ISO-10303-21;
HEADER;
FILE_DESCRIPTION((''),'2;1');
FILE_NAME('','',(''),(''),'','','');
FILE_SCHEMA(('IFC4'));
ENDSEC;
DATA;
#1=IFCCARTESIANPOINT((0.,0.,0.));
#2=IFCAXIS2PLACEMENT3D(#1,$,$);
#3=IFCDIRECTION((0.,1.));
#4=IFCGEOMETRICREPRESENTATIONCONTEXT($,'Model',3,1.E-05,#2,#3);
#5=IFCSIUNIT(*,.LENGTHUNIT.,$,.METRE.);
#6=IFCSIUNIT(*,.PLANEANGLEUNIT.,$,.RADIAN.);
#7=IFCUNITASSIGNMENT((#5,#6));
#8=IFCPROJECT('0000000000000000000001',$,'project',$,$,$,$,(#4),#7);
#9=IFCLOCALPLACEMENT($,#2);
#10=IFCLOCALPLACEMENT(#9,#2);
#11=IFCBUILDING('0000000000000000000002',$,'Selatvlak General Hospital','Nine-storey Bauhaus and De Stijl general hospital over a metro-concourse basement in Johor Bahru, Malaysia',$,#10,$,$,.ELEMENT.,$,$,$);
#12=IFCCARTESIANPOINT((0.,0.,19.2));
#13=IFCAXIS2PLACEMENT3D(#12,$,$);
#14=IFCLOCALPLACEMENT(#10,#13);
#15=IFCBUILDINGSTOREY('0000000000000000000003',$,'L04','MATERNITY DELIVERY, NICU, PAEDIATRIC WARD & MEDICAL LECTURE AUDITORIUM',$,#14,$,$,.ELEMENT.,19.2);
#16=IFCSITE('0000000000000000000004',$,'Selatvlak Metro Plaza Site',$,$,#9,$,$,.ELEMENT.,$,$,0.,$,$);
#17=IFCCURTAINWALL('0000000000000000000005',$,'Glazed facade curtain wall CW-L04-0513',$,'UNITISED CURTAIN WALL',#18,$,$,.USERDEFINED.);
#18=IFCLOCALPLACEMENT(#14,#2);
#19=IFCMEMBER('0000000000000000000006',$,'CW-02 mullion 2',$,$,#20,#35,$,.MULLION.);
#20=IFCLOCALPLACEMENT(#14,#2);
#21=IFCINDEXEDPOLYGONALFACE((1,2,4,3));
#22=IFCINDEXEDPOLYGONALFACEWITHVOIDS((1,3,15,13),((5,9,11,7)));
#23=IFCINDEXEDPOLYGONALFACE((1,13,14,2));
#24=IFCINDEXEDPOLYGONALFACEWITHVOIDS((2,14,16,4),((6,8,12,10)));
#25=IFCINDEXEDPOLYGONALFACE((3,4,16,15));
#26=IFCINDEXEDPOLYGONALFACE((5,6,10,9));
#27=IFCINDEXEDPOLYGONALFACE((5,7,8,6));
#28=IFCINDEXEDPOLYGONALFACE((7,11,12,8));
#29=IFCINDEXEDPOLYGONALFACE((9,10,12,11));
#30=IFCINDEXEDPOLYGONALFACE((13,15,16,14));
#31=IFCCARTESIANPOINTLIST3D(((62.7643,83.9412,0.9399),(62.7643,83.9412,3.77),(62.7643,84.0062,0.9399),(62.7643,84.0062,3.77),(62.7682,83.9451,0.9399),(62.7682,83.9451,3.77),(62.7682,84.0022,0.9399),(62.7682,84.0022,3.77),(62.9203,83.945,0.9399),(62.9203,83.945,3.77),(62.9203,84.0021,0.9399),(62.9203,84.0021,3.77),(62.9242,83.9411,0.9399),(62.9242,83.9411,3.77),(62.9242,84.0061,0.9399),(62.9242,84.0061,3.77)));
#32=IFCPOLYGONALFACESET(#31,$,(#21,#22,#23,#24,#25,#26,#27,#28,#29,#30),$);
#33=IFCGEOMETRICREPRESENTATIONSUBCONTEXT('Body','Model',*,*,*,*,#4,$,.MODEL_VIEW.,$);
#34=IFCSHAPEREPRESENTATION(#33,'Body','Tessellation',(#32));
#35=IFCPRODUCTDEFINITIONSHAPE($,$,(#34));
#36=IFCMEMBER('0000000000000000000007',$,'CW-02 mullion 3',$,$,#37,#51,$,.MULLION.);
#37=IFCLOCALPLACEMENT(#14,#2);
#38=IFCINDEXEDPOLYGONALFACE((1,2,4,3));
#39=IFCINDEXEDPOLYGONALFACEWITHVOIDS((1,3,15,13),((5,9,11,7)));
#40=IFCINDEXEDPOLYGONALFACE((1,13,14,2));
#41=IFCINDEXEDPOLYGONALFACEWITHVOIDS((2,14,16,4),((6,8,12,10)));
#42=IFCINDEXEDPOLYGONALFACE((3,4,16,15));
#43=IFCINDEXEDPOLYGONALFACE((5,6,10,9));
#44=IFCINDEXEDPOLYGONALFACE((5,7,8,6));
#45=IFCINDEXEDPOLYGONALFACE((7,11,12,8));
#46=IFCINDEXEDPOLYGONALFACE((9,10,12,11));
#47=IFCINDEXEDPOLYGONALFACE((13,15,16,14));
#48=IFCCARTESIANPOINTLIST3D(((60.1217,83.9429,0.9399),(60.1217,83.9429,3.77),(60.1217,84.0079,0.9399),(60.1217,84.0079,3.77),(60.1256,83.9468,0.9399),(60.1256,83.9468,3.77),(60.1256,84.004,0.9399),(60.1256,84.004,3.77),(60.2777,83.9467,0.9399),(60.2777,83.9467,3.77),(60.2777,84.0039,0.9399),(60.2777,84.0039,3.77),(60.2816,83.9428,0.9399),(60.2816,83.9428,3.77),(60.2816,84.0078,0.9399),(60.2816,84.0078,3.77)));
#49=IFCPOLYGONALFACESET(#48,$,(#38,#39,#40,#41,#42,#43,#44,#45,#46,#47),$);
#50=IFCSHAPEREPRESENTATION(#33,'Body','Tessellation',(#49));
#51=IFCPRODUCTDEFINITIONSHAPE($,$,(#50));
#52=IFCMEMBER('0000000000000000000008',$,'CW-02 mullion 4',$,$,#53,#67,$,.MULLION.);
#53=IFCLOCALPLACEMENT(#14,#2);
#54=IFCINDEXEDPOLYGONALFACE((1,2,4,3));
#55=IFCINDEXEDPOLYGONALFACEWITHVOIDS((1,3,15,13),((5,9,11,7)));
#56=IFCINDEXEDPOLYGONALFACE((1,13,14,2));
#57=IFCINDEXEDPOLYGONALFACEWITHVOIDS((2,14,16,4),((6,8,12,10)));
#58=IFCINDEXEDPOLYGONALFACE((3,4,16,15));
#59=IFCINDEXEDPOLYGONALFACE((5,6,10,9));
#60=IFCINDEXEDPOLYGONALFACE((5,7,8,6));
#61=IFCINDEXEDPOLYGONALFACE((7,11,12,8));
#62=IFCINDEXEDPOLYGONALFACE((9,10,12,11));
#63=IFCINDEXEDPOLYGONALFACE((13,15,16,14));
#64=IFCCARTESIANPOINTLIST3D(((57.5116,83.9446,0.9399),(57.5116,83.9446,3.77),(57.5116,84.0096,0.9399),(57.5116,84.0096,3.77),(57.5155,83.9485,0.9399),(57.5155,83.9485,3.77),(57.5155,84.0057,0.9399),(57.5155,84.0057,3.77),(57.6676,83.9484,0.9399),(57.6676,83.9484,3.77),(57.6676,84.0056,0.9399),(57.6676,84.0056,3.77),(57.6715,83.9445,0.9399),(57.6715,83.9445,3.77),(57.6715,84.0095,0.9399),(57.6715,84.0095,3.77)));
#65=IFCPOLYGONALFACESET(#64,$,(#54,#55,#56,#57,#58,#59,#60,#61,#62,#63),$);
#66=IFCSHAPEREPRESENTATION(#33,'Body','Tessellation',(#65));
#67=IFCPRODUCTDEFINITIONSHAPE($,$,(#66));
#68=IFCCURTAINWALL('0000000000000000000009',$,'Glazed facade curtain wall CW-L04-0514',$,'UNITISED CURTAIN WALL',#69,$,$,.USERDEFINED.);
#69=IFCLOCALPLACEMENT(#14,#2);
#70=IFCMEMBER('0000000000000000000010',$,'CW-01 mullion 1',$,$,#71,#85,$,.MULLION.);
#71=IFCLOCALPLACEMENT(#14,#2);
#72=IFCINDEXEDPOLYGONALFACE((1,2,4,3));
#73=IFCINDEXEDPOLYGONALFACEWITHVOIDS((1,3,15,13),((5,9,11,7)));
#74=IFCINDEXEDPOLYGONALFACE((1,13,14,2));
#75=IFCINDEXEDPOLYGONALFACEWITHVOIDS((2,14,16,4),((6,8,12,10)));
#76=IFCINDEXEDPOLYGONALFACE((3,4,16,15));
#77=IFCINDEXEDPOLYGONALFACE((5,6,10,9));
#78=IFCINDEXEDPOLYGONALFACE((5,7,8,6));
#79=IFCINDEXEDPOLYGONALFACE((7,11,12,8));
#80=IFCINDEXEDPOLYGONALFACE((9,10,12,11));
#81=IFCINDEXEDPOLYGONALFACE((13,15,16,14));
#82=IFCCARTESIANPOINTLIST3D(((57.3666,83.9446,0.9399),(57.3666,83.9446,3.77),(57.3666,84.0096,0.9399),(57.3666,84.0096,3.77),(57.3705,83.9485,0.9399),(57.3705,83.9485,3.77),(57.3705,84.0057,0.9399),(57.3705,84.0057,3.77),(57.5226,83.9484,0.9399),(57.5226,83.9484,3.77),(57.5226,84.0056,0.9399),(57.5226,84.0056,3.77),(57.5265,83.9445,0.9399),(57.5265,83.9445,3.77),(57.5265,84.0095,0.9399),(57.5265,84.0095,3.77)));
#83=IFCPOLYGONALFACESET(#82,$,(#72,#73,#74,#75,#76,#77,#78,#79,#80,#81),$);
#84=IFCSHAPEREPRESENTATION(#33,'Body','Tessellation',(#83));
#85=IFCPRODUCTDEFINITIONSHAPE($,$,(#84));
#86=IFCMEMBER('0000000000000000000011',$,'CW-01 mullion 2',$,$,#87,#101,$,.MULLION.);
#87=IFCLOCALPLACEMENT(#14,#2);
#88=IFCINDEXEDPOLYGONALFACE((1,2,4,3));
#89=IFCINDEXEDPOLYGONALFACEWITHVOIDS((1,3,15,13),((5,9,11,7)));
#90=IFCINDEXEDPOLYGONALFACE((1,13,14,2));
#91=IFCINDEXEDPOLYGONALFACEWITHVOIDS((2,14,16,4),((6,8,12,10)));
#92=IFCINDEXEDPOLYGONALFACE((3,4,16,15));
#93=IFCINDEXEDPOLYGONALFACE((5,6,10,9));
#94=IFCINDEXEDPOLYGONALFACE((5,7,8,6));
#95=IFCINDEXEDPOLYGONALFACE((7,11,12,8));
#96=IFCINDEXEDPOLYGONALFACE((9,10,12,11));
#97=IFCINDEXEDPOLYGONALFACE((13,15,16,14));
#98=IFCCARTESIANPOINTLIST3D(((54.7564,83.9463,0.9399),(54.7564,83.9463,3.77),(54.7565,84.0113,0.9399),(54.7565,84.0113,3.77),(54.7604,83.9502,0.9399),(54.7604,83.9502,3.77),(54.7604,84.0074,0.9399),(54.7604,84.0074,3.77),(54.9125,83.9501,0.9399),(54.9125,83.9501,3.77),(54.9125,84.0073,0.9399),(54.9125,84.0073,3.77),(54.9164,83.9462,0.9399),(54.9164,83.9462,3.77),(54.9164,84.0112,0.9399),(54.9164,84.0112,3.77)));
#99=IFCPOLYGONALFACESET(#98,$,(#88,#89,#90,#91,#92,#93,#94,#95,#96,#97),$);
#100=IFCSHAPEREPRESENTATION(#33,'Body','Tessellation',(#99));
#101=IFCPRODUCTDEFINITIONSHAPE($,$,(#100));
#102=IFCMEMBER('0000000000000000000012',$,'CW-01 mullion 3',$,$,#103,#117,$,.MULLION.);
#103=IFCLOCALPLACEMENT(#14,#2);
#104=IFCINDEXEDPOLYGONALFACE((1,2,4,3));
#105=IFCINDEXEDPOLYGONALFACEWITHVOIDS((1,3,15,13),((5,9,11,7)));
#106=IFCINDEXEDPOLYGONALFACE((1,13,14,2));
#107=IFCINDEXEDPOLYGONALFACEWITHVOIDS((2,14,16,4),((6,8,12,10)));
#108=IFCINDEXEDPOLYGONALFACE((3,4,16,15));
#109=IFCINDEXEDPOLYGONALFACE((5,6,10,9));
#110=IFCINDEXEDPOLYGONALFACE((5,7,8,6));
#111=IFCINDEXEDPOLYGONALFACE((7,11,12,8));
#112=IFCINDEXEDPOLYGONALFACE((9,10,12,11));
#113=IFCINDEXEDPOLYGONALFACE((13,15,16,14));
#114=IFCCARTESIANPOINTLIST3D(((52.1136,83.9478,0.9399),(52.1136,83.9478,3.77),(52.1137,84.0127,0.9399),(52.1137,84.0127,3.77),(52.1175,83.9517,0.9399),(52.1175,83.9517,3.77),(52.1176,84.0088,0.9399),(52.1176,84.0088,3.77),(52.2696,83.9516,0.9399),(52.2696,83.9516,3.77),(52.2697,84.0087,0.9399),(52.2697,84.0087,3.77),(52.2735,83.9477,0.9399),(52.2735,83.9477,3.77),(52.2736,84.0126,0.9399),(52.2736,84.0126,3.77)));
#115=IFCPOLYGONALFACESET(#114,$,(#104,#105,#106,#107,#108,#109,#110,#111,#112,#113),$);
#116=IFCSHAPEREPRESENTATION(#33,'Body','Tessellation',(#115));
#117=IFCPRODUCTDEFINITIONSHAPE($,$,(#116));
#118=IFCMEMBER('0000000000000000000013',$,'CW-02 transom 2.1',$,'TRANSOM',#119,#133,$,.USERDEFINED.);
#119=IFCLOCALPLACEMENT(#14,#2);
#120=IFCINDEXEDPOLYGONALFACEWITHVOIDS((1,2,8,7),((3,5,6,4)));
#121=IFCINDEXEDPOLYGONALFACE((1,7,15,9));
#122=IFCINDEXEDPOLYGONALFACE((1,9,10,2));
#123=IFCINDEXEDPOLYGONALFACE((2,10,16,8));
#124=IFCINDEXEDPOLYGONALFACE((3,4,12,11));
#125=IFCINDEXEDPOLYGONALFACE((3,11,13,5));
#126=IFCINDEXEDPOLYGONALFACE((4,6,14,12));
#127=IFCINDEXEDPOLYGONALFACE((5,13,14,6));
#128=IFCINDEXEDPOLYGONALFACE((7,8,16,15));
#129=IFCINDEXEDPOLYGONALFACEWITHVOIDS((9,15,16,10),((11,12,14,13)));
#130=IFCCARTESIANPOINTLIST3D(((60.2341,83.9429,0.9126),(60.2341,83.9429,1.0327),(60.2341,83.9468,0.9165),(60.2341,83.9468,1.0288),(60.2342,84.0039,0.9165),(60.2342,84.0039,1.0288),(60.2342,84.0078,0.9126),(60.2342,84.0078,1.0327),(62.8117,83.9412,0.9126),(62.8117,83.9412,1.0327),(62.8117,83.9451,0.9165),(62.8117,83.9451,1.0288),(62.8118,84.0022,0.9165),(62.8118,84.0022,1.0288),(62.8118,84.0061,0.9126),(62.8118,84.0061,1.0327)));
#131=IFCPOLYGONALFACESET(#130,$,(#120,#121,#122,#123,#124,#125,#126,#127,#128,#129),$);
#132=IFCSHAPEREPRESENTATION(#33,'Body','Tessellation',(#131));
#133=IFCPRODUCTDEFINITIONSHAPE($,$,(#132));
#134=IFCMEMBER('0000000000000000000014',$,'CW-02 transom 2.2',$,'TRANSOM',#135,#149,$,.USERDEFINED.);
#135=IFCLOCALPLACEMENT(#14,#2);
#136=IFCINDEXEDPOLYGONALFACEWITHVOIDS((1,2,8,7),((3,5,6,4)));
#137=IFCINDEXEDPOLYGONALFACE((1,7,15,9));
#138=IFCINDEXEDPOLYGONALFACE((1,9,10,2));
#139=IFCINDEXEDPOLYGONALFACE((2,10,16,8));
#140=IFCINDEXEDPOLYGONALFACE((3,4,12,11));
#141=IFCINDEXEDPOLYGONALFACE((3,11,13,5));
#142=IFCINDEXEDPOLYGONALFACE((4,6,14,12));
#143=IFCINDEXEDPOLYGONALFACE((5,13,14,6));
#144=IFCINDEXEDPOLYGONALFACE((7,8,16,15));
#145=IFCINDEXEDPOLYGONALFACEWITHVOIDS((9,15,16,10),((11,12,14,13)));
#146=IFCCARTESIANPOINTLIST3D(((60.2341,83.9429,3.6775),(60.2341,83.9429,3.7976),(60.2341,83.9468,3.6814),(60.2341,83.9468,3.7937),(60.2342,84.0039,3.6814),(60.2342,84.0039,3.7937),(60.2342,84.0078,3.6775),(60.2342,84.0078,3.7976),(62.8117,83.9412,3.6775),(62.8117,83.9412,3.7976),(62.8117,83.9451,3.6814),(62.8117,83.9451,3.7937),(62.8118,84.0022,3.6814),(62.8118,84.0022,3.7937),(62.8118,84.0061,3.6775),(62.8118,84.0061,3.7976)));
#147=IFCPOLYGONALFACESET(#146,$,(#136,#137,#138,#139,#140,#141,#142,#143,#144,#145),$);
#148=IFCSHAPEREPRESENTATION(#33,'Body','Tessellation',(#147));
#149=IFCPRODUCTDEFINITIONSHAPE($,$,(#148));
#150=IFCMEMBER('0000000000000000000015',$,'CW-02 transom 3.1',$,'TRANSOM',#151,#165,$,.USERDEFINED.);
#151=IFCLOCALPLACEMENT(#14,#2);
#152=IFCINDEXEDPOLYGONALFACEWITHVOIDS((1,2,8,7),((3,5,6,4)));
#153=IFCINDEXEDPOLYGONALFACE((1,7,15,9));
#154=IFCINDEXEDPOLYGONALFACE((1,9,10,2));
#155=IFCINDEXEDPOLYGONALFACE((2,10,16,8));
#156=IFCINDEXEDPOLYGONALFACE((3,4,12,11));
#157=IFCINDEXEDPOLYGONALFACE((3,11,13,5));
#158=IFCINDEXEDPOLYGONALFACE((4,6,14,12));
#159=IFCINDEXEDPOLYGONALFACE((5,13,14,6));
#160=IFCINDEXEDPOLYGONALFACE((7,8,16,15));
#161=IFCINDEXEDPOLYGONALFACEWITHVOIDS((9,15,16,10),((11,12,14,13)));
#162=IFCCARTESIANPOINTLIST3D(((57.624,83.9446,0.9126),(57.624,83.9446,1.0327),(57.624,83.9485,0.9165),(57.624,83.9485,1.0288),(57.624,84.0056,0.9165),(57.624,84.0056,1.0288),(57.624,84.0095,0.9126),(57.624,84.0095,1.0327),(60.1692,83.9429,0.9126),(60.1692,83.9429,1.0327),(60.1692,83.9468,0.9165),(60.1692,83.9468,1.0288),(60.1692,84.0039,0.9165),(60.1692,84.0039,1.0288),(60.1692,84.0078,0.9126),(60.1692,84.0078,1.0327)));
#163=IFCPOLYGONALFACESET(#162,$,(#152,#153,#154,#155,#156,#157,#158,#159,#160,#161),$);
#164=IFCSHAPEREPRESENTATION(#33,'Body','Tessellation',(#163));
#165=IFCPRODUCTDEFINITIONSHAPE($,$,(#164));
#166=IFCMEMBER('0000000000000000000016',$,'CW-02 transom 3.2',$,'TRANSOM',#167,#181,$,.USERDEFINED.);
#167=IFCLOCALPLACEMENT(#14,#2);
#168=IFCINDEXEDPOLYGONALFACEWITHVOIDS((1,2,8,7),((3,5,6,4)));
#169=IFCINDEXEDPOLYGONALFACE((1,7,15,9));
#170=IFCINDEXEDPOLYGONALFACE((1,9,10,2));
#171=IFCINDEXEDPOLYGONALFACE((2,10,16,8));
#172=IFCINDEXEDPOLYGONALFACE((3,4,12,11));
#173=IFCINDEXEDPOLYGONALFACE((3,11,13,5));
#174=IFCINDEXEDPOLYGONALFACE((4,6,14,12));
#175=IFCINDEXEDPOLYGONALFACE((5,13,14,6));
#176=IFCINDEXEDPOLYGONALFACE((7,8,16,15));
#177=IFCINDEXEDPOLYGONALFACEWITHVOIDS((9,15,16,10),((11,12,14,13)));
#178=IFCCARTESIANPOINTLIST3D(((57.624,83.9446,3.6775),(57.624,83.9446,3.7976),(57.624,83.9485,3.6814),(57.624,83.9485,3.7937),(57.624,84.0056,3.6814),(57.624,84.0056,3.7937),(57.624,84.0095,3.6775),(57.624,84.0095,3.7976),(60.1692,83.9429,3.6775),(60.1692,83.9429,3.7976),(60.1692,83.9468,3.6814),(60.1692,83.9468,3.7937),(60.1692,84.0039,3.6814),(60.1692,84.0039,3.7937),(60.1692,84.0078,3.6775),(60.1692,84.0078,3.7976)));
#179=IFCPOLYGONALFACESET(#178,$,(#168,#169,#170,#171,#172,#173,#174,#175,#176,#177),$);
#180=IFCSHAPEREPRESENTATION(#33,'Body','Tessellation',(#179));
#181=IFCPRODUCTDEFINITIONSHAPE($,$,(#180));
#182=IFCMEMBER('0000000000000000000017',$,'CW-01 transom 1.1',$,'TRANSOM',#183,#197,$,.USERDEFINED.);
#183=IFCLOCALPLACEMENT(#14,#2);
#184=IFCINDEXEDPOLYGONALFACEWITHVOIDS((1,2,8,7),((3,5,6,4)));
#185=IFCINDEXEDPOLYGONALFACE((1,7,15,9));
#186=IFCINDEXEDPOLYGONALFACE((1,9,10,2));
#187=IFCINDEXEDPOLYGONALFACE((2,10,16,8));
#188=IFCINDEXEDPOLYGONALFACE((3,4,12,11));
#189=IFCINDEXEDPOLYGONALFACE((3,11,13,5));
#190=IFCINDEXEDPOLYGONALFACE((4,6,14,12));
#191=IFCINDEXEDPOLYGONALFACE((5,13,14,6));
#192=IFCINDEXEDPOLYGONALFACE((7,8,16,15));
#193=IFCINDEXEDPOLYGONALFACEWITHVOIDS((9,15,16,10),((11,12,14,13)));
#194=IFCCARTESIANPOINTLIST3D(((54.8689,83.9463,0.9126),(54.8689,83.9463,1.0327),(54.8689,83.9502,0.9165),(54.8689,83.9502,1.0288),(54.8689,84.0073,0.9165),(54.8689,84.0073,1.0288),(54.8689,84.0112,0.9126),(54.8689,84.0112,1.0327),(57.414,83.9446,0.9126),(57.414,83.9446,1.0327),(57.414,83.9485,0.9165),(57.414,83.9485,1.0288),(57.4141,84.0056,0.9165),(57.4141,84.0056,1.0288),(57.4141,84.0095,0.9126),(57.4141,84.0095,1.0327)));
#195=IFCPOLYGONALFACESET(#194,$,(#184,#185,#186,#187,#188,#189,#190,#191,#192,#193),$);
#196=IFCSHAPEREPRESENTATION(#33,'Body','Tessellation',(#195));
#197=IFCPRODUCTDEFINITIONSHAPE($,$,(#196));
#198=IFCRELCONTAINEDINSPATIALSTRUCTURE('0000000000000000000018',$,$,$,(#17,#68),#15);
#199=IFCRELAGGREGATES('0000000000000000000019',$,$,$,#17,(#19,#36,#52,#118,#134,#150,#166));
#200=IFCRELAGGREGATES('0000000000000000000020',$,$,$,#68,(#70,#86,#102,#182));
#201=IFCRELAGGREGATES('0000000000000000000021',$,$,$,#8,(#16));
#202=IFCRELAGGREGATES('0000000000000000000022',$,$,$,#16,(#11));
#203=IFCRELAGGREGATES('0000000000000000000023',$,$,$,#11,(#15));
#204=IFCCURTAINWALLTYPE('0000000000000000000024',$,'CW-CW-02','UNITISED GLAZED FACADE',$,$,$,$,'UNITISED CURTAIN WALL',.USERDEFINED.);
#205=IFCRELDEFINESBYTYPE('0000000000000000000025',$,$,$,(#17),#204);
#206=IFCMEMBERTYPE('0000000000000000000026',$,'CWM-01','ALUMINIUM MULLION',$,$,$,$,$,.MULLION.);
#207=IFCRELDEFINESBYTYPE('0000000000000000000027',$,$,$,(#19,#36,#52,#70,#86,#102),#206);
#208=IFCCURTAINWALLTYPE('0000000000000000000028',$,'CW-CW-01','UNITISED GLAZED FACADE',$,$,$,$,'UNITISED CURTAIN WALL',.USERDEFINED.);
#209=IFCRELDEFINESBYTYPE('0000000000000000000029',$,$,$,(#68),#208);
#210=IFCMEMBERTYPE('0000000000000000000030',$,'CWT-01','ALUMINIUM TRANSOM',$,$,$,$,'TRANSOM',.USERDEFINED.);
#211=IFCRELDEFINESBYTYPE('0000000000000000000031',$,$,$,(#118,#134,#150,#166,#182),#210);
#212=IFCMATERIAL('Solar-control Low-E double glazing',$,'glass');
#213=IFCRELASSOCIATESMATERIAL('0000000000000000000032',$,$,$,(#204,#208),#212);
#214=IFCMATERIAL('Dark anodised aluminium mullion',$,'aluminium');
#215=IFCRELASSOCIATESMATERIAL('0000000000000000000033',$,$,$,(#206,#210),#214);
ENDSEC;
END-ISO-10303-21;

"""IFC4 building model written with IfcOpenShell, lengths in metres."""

from ifc_helpers import new_model, si_unit, direction, frame, origin, origin_2d, place, context, subcontext, project, spatial, hollow_rectangle, extrude, material, material_profile, profile_set, type_object, element, aggregate, save


model = new_model("IFC4")

# Units and contexts
model_context = context("Model", 3, precision=1e-05, world=origin(), true_north=direction((0.0, 1.0)))
body_context = subcontext(model_context, "Body", "Model", "MODEL_VIEW")
ifc_project = project(units=[si_unit("LENGTHUNIT", "METRE"), si_unit("PLANEANGLEUNIT", "RADIAN")], contexts=[model_context])

# Site, building, storey
site_placement = place(None, origin())
site = spatial("IfcSite", under=ifc_project, at=site_placement, Name="Selatvlak Metro Plaza Site", CompositionType="ELEMENT", RefElevation=0.0)
building_placement = place(site_placement, origin())
building = spatial("IfcBuilding", under=site, at=building_placement, Name="Selatvlak General Hospital", Description="Nine-storey Bauhaus and De Stijl general hospital over a metro-concourse basement in Johor Bahru, Malaysia", CompositionType="ELEMENT")
storey_placement = place(building_placement, frame((0.0, 0.0, 19.2)))
storey = spatial("IfcBuildingStorey", under=building, at=storey_placement, Name="L04", Description="MATERNITY DELIVERY, NICU, PAEDIATRIC WARD & MEDICAL LECTURE AUDITORIUM", CompositionType="ELEMENT", Elevation=19.2)

# Curtain walls, members
ifc_material_1 = material(Name="Solar-control Low-E double glazing", Category="glass")
curtain_wall_type_1 = type_object("IfcCurtainWallType", Name="CW-CW-02", Description="UNITISED GLAZED FACADE", ElementType="UNITISED CURTAIN WALL", PredefinedType="USERDEFINED", material=ifc_material_1)
curtain_wall_1_placement = place(storey_placement, origin())
curtain_wall_1 = element("IfcCurtainWall", 1, at=curtain_wall_1_placement, inside=storey, type_object=curtain_wall_type_1, Name="Glazed facade curtain wall CW-L04-0513", ObjectType="UNITISED CURTAIN WALL", PredefinedType="USERDEFINED")
ifc_material_2 = material(Name="Dark anodised aluminium mullion", Category="aluminium")
ifc_material_profile_1 = material_profile(ifc_material_2, hollow_rectangle(XDim=0.0649, YDim=0.1599, WallThickness=0.0039, at=origin_2d()), Name="AL-MUL 65x160x4")
ifc_profile_set_1 = profile_set([ifc_material_profile_1], Name="Dark anodised aluminium mullion")
member_type_1 = type_object("IfcMemberType", Name="CWM-01", Description="ALUMINIUM MULLION", PredefinedType="MULLION", material=ifc_profile_set_1)
member_1_placement = place(storey_placement, frame((62.8442, 83.9736, 0.9399), z_axis=(0.0, 0.0, 1.0), x_axis=(-0.000631, -1.0, 0.0)))
member_1 = element("IfcMember", 2, at=member_1_placement, type_object=member_type_1, Name="CW-02 mullion 2", PredefinedType="MULLION", context=body_context, shape_type="SweptSolid", body=[
    extrude(hollow_rectangle(XDim=0.0649, YDim=0.1599, WallThickness=0.0039, at=origin_2d()), origin(), (0.0, 0.0, 1.0), 2.8301),
])
member_2_placement = place(storey_placement, frame((60.2017, 83.9753, 0.9399), z_axis=(0.0, 0.0, 1.0), x_axis=(-0.000631, -1.0, 0.0)))
member_2 = element("IfcMember", 3, at=member_2_placement, type_object=member_type_1, Name="CW-02 mullion 3", PredefinedType="MULLION", context=body_context, shape_type="SweptSolid", body=[
    extrude(hollow_rectangle(XDim=0.0649, YDim=0.1599, WallThickness=0.0039, at=origin_2d()), origin(), (0.0, 0.0, 1.0), 2.8301),
])
member_3_placement = place(storey_placement, frame((57.5916, 83.9771, 0.9399), z_axis=(0.0, 0.0, 1.0), x_axis=(-0.000631, -1.0, 0.0)))
member_3 = element("IfcMember", 4, at=member_3_placement, type_object=member_type_1, Name="CW-02 mullion 4", PredefinedType="MULLION", context=body_context, shape_type="SweptSolid", body=[
    extrude(hollow_rectangle(XDim=0.0649, YDim=0.1599, WallThickness=0.0039, at=origin_2d()), origin(), (0.0, 0.0, 1.0), 2.8301),
])
curtain_wall_type_2 = type_object("IfcCurtainWallType", Name="CW-CW-01", Description="UNITISED GLAZED FACADE", ElementType="UNITISED CURTAIN WALL", PredefinedType="USERDEFINED", material=ifc_material_1)
curtain_wall_2_placement = place(storey_placement, origin())
curtain_wall_2 = element("IfcCurtainWall", 5, at=curtain_wall_2_placement, inside=storey, type_object=curtain_wall_type_2, Name="Glazed facade curtain wall CW-L04-0514", ObjectType="UNITISED CURTAIN WALL", PredefinedType="USERDEFINED")
member_4_placement = place(storey_placement, frame((57.4465, 83.9771, 0.9399), z_axis=(0.0, 0.0, 1.0), x_axis=(-0.000631, -1.0, 0.0)))
member_4 = element("IfcMember", 6, at=member_4_placement, type_object=member_type_1, Name="CW-01 mullion 1", PredefinedType="MULLION", context=body_context, shape_type="SweptSolid", body=[
    extrude(hollow_rectangle(XDim=0.0649, YDim=0.1599, WallThickness=0.0039, at=origin_2d()), origin(), (0.0, 0.0, 1.0), 2.8301),
])
member_5_placement = place(storey_placement, frame((54.8364, 83.9788, 0.9399), z_axis=(0.0, 0.0, 1.0), x_axis=(-0.000631, -1.0, 0.0)))
member_5 = element("IfcMember", 7, at=member_5_placement, type_object=member_type_1, Name="CW-01 mullion 2", PredefinedType="MULLION", context=body_context, shape_type="SweptSolid", body=[
    extrude(hollow_rectangle(XDim=0.0649, YDim=0.1599, WallThickness=0.0039, at=origin_2d()), origin(), (0.0, 0.0, 1.0), 2.8301),
])
member_6_placement = place(storey_placement, frame((52.1936, 83.9802, 0.9399), z_axis=(0.0, 0.0, 1.0), x_axis=(-0.000631, -1.0, 0.0)))
member_6 = element("IfcMember", 8, at=member_6_placement, type_object=member_type_1, Name="CW-01 mullion 3", PredefinedType="MULLION", context=body_context, shape_type="SweptSolid", body=[
    extrude(hollow_rectangle(XDim=0.0649, YDim=0.1599, WallThickness=0.0039, at=origin_2d()), origin(), (0.0, 0.0, 1.0), 2.8301),
])

# Members
ifc_material_profile_2 = material_profile(ifc_material_2, hollow_rectangle(XDim=0.0649, YDim=0.1201, WallThickness=0.0039, at=origin_2d()), Name="AL-TRN 65x120x4")
ifc_profile_set_2 = profile_set([ifc_material_profile_2], Name="Dark anodised aluminium mullion")
member_type_2 = type_object("IfcMemberType", Name="CWT-01", Description="ALUMINIUM TRANSOM", ElementType="TRANSOM", PredefinedType="USERDEFINED", material=ifc_profile_set_2)
member_7_placement = place(storey_placement, frame((62.8118, 83.9736, 0.9727), z_axis=(-1.0, 0.000663, 0.0), x_axis=(-0.000663, -1.0, 0.0)))
member_7 = element("IfcMember", 9, at=member_7_placement, type_object=member_type_2, Name="CW-02 transom 2.1", ObjectType="TRANSOM", PredefinedType="USERDEFINED", context=body_context, shape_type="SweptSolid", body=[
    extrude(hollow_rectangle(XDim=0.0649, YDim=0.1201, WallThickness=0.0039, at=origin_2d()), origin(), (0.0, 0.0, 1.0), 2.5776),
])
member_8_placement = place(storey_placement, frame((62.8118, 83.9736, 3.7375), z_axis=(-1.0, 0.000663, 0.0), x_axis=(-0.000663, -1.0, 0.0)))
member_8 = element("IfcMember", 10, at=member_8_placement, type_object=member_type_2, Name="CW-02 transom 2.2", ObjectType="TRANSOM", PredefinedType="USERDEFINED", context=body_context, shape_type="SweptSolid", body=[
    extrude(hollow_rectangle(XDim=0.0649, YDim=0.1201, WallThickness=0.0039, at=origin_2d()), origin(), (0.0, 0.0, 1.0), 2.5776),
])
member_9_placement = place(storey_placement, frame((60.1692, 83.9753, 0.9727), z_axis=(-1.0, 0.000671, 0.0), x_axis=(-0.000671, -1.0, 0.0)))
member_9 = element("IfcMember", 11, at=member_9_placement, type_object=member_type_2, Name="CW-02 transom 3.1", ObjectType="TRANSOM", PredefinedType="USERDEFINED", context=body_context, shape_type="SweptSolid", body=[
    extrude(hollow_rectangle(XDim=0.0649, YDim=0.1201, WallThickness=0.0039, at=origin_2d()), origin(), (0.0, 0.0, 1.0), 2.5452),
])
member_10_placement = place(storey_placement, frame((60.1692, 83.9753, 3.7375), z_axis=(-1.0, 0.000671, 0.0), x_axis=(-0.000671, -1.0, 0.0)))
member_10 = element("IfcMember", 12, at=member_10_placement, type_object=member_type_2, Name="CW-02 transom 3.2", ObjectType="TRANSOM", PredefinedType="USERDEFINED", context=body_context, shape_type="SweptSolid", body=[
    extrude(hollow_rectangle(XDim=0.0649, YDim=0.1201, WallThickness=0.0039, at=origin_2d()), origin(), (0.0, 0.0, 1.0), 2.5452),
])
member_11_placement = place(storey_placement, frame((57.4141, 83.9771, 0.9727), z_axis=(-1.0, 0.000671, 0.0), x_axis=(-0.000671, -1.0, 0.0)))
member_11 = element("IfcMember", 13, at=member_11_placement, type_object=member_type_2, Name="CW-01 transom 1.1", ObjectType="TRANSOM", PredefinedType="USERDEFINED", context=body_context, shape_type="SweptSolid", body=[
    extrude(hollow_rectangle(XDim=0.0649, YDim=0.1201, WallThickness=0.0039, at=origin_2d()), origin(), (0.0, 0.0, 1.0), 2.5452),
])

aggregate(curtain_wall_1, [member_1, member_2, member_3, member_7, member_8, member_9, member_10])
aggregate(curtain_wall_2, [member_4, member_5, member_6, member_11])

save(model, "model.ifc")
